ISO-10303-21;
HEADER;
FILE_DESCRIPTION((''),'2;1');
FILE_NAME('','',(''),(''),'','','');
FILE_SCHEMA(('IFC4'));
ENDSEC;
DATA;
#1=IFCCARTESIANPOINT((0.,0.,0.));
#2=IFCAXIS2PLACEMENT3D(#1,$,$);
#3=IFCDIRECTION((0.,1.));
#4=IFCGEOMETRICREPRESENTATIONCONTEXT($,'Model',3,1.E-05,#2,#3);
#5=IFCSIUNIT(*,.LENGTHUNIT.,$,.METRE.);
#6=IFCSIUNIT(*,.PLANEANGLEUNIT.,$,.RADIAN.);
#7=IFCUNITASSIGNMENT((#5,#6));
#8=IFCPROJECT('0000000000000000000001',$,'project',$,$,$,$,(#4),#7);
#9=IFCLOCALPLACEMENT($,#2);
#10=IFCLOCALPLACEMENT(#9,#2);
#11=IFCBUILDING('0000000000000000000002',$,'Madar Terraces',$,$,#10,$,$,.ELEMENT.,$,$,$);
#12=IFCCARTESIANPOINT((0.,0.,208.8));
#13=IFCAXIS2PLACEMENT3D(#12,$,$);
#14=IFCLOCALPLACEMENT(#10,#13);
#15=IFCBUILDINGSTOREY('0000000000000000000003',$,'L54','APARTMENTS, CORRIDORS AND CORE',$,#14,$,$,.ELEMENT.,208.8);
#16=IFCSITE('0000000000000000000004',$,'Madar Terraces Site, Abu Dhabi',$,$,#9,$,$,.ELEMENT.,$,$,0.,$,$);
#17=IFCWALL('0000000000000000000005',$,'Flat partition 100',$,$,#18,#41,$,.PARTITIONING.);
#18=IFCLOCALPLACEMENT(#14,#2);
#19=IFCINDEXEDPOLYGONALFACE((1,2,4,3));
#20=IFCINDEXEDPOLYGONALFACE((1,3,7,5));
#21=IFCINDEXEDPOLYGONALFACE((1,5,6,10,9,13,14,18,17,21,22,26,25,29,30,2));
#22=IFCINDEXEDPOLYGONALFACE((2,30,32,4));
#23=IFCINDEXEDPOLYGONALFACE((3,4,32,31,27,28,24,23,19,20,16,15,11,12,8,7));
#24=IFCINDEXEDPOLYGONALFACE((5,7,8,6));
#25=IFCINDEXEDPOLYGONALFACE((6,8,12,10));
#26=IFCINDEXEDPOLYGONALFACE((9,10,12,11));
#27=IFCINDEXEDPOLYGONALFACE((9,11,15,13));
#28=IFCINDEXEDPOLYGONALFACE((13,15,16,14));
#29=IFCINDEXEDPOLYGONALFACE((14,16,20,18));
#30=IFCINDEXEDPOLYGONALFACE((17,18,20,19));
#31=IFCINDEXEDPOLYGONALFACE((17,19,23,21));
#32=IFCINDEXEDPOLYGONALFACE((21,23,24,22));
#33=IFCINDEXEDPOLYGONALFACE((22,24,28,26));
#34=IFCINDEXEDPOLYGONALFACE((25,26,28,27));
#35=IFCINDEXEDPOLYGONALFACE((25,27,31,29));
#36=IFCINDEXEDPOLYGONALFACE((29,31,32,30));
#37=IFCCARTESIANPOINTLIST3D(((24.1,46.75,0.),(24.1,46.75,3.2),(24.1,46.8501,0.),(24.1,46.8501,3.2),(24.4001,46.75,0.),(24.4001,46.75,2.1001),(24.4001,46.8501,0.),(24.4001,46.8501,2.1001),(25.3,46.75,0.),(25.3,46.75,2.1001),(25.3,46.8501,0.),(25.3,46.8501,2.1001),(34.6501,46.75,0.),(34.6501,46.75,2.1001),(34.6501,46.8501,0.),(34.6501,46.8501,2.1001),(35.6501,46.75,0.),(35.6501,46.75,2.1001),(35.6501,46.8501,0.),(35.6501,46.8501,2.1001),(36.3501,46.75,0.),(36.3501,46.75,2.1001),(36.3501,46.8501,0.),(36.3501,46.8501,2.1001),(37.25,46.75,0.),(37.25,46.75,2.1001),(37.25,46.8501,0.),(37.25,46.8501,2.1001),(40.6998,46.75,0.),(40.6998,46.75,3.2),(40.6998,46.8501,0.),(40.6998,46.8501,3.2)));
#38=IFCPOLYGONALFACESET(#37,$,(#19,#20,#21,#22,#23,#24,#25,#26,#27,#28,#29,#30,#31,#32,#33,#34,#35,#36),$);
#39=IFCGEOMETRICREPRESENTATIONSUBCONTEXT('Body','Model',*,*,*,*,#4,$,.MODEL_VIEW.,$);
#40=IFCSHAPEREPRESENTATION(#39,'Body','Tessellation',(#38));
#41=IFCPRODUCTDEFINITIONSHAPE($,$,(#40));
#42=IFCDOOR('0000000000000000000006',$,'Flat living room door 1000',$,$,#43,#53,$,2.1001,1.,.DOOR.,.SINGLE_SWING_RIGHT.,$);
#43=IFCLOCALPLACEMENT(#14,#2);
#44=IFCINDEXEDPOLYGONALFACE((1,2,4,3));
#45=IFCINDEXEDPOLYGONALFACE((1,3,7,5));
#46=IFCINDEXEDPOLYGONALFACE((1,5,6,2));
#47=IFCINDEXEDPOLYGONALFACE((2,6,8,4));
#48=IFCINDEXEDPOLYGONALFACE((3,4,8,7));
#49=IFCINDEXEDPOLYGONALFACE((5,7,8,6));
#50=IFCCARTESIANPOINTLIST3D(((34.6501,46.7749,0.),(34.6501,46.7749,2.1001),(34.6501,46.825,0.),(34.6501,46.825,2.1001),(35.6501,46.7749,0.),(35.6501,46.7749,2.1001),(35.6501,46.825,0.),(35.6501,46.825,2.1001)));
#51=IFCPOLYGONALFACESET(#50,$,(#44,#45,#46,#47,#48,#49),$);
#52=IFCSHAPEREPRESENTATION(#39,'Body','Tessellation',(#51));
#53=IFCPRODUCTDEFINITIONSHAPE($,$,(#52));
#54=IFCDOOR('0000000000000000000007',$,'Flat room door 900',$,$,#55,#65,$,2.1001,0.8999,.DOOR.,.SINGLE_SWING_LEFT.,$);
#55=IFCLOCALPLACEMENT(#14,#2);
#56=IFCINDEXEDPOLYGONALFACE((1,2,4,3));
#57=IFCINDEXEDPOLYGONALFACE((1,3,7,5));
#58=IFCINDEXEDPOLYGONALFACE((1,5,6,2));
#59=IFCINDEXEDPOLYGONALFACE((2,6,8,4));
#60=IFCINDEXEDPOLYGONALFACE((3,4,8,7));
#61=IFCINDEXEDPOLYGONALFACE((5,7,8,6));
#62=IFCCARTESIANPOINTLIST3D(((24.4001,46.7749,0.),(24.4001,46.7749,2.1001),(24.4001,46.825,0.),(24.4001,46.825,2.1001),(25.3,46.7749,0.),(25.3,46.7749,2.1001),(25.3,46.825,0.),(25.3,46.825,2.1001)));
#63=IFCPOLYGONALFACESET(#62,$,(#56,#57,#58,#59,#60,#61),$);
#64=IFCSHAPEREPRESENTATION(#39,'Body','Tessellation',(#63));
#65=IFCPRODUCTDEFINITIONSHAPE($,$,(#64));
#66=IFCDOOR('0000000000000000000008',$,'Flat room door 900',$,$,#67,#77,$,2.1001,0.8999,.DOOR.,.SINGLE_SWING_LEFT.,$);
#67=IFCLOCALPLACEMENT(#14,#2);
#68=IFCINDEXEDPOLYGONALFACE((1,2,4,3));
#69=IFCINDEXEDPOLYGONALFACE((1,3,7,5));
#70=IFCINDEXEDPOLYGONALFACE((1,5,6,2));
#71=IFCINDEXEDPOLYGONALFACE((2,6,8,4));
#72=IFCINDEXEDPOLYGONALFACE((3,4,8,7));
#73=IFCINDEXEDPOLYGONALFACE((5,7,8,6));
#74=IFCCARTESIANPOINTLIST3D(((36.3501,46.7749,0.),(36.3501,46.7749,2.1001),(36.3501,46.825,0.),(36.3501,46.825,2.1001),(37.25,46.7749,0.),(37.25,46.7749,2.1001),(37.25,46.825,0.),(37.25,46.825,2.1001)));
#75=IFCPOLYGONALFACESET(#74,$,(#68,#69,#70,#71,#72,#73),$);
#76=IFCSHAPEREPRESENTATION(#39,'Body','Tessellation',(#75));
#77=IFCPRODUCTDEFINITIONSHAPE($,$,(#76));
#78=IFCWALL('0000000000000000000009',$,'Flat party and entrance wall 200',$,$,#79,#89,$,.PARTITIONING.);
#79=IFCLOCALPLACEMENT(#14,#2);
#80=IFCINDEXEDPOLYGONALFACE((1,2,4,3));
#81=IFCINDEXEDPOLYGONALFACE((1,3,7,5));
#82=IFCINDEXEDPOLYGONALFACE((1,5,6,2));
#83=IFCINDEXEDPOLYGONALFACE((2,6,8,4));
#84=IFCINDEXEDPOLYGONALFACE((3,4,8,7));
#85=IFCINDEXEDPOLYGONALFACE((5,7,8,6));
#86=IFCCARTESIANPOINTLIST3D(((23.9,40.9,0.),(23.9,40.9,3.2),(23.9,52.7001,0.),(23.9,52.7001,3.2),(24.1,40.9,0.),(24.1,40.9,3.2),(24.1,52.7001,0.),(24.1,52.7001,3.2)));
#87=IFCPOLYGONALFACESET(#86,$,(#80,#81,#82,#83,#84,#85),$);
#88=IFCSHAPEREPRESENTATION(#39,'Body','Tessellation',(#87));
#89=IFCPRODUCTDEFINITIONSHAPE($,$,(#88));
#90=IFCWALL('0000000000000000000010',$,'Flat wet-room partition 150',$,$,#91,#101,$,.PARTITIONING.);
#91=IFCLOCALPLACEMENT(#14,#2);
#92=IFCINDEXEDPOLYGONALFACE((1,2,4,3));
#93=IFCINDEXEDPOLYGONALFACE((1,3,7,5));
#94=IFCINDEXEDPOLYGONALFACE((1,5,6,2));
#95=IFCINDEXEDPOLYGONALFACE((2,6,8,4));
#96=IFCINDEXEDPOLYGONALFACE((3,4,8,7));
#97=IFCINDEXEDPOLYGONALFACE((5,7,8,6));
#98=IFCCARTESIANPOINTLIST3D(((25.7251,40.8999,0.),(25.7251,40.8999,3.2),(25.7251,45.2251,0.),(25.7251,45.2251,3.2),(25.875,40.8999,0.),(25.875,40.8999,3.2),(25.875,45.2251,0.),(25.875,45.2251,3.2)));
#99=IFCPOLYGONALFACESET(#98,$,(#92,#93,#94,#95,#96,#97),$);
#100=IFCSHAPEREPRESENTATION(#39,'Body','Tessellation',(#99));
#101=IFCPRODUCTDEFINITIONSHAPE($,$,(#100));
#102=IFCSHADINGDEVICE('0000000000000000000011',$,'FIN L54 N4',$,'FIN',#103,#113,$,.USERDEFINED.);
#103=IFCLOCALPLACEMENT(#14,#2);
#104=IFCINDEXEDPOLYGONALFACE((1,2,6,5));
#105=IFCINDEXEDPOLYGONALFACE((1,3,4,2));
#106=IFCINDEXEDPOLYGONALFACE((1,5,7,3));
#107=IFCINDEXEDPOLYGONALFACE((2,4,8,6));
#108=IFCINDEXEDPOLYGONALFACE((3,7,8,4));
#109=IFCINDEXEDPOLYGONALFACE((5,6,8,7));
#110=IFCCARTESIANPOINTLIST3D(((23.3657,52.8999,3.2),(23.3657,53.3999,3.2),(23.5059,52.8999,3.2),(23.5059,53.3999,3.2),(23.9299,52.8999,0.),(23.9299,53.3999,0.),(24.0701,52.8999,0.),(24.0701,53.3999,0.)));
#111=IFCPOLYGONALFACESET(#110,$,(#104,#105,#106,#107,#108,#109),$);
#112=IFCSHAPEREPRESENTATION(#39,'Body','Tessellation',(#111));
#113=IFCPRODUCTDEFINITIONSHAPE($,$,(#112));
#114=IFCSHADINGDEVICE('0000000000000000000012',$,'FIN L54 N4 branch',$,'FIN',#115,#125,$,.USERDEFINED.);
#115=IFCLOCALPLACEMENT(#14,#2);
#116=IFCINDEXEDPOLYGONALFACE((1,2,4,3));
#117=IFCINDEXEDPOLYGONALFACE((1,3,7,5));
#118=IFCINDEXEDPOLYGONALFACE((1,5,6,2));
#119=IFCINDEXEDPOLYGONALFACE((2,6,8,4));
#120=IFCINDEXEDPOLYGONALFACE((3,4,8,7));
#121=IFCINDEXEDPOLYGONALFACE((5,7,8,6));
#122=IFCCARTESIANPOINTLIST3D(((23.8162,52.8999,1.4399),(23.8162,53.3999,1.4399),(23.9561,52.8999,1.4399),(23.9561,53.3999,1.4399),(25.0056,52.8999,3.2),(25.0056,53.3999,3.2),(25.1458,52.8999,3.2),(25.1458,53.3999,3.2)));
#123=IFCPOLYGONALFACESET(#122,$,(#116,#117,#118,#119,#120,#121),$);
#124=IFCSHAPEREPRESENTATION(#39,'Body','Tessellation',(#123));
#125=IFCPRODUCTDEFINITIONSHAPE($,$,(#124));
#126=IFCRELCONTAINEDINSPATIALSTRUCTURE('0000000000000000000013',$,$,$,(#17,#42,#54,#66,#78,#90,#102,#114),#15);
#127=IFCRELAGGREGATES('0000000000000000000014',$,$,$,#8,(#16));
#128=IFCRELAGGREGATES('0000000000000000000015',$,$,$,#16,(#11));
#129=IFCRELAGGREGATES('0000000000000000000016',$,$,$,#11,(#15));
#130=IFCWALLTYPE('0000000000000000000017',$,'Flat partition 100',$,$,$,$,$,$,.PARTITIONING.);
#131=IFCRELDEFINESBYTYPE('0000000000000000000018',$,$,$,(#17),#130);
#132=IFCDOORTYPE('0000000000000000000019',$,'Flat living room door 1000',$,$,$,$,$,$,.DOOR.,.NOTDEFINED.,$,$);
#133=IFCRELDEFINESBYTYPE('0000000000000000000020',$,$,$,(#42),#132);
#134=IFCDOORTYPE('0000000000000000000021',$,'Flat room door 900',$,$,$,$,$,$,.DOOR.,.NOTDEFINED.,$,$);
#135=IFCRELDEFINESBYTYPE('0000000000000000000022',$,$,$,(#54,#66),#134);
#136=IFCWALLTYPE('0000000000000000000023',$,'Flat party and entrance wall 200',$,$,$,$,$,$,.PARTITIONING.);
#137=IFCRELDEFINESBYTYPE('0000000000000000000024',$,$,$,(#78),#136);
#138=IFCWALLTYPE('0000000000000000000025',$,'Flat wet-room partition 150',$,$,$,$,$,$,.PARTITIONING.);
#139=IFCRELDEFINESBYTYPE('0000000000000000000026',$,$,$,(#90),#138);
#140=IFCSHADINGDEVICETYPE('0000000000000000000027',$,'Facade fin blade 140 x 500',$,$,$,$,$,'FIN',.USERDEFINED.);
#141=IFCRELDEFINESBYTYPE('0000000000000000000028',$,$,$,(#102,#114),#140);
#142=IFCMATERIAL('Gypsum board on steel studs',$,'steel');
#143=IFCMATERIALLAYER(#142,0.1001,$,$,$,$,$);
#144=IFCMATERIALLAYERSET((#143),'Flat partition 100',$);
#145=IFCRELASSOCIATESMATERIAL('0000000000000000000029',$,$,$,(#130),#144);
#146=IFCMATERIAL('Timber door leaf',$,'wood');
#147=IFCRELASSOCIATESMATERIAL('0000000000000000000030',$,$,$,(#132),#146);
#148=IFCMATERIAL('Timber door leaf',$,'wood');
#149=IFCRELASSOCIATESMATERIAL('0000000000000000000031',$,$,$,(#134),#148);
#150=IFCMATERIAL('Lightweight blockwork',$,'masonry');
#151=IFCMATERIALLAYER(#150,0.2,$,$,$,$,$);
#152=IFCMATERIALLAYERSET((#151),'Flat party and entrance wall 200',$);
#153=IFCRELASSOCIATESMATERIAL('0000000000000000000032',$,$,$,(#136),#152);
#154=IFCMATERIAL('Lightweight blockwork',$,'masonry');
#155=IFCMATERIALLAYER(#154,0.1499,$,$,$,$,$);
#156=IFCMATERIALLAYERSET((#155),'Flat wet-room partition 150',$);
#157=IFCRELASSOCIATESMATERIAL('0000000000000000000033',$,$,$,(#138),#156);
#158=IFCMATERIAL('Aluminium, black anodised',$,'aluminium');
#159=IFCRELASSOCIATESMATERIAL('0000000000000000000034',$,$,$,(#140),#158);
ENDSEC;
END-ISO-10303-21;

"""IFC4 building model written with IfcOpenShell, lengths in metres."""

from ifc_helpers import new_model, si_unit, direction, frame, frame_2d, origin, place, context, subcontext, project, spatial, polyline, rectangle, outline, extrude, material, layer, layer_set, type_object, element, fill, save


model = new_model("IFC4")

# Units and contexts
model_context = context("Model", 3, precision=1e-05, world=origin(), true_north=direction((0.0, 1.0)))
body_context = subcontext(model_context, "Body", "Model", "MODEL_VIEW")
ifc_project = project(units=[si_unit("LENGTHUNIT", "METRE"), si_unit("PLANEANGLEUNIT", "RADIAN")], contexts=[model_context])

# Site, building, storey
site_placement = place(None, origin())
site = spatial("IfcSite", under=ifc_project, at=site_placement, Name="Madar Terraces Site, Abu Dhabi", CompositionType="ELEMENT", RefElevation=0.0)
building_placement = place(site_placement, origin())
building = spatial("IfcBuilding", under=site, at=building_placement, Name="Madar Terraces", CompositionType="ELEMENT")
storey_placement = place(building_placement, frame((0.0, 0.0, 208.8)))
storey = spatial("IfcBuildingStorey", under=building, at=storey_placement, Name="L54", Description="APARTMENTS, CORRIDORS AND CORE", CompositionType="ELEMENT", Elevation=208.8)

# Shared definitions
ifc_material_1 = material(Name="Gypsum board on steel studs", Category="steel")
ifc_layer_1 = layer(ifc_material_1, 0.1001)
ifc_layer_set_1 = layer_set([ifc_layer_1], Name="Flat partition 100")
wall_type_1 = type_object("IfcWallType", Name="Flat partition 100", PredefinedType="PARTITIONING", material=ifc_layer_set_1)

# Wall, openings, doors
wall_1_placement = place(storey_placement, frame((24.1001, 46.8, 0.0), z_axis=(0.0, 0.0, 1.0), x_axis=(1.0, 0.0, 0.0)))
wall_1 = element("IfcWall", 1, at=wall_1_placement, inside=storey, type_object=wall_type_1, Name="Flat partition 100", PredefinedType="PARTITIONING", context=body_context, shape_type="SweptSolid", body=[
    extrude(rectangle(XDim=16.5999, YDim=0.1001, at=frame_2d((8.2998, 0.0))), origin(), (0.0, 0.0, 1.0), 3.2),
])
opening_1_placement = place(wall_1_placement, frame((0.3, 0.0, 0.0)))
opening_1 = element("IfcOpeningElement", 2, at=opening_1_placement, cuts=wall_1, PredefinedType="OPENING", context=body_context, shape_type="SweptSolid", body=[
    extrude(rectangle(XDim=0.8999, YDim=2.1001, at=frame_2d((0.45, 1.05))), frame((0.0, 0.0601, 0.0), z_axis=(0.0, -1.0, 0.0), x_axis=(1.0, 0.0, 0.0)), (0.0, 0.0, 1.0), 0.1201),
])
opening_2_placement = place(wall_1_placement, frame((10.55, 0.0, 0.0)))
opening_2 = element("IfcOpeningElement", 3, at=opening_2_placement, cuts=wall_1, PredefinedType="OPENING", context=body_context, shape_type="SweptSolid", body=[
    extrude(rectangle(XDim=1.0, YDim=2.1001, at=frame_2d((0.5, 1.05))), frame((0.0, 0.0601, 0.0), z_axis=(0.0, -1.0, 0.0), x_axis=(1.0, 0.0, 0.0)), (0.0, 0.0, 1.0), 0.1201),
])
opening_3_placement = place(wall_1_placement, frame((12.25, 0.0, 0.0)))
opening_3 = element("IfcOpeningElement", 4, at=opening_3_placement, cuts=wall_1, PredefinedType="OPENING", context=body_context, shape_type="SweptSolid", body=[
    extrude(rectangle(XDim=0.8999, YDim=2.1001, at=frame_2d((0.45, 1.05))), frame((0.0, 0.0601, 0.0), z_axis=(0.0, -1.0, 0.0), x_axis=(1.0, 0.0, 0.0)), (0.0, 0.0, 1.0), 0.1201),
])
ifc_material_2 = material(Name="Timber door leaf", Category="wood")
door_type_1 = type_object("IfcDoorType", Name="Flat living room door 1000", OperationType="NOTDEFINED", PredefinedType="DOOR", material=ifc_material_2)
door_1_placement = place(opening_2_placement, origin())
door_1 = element("IfcDoor", 5, at=door_1_placement, inside=storey, type_object=door_type_1, Name="Flat living room door 1000", OperationType="SINGLE_SWING_RIGHT", OverallHeight=2.1001, OverallWidth=1.0, PredefinedType="DOOR", context=body_context, shape_type="SweptSolid", body=[
    extrude(rectangle(XDim=1.0, YDim=2.1001, at=frame_2d((0.5, 1.05))), frame((0.0, 0.0249, 0.0), z_axis=(0.0, -1.0, 0.0), x_axis=(1.0, 0.0, 0.0)), (0.0, 0.0, 1.0), 0.05),
])
fill(opening_2, door_1)
ifc_material_3 = material(Name="Timber door leaf", Category="wood")
door_type_2 = type_object("IfcDoorType", Name="Flat room door 900", OperationType="NOTDEFINED", PredefinedType="DOOR", material=ifc_material_3)
door_2_placement = place(opening_1_placement, origin())
door_2 = element("IfcDoor", 6, at=door_2_placement, inside=storey, type_object=door_type_2, Name="Flat room door 900", OperationType="SINGLE_SWING_LEFT", OverallHeight=2.1001, OverallWidth=0.8999, PredefinedType="DOOR", context=body_context, shape_type="SweptSolid", body=[
    extrude(rectangle(XDim=0.8999, YDim=2.1001, at=frame_2d((0.45, 1.05))), frame((0.0, 0.0249, 0.0), z_axis=(0.0, -1.0, 0.0), x_axis=(1.0, 0.0, 0.0)), (0.0, 0.0, 1.0), 0.05),
])
fill(opening_1, door_2)
door_3_placement = place(opening_3_placement, origin())
door_3 = element("IfcDoor", 7, at=door_3_placement, inside=storey, type_object=door_type_2, Name="Flat room door 900", OperationType="SINGLE_SWING_LEFT", OverallHeight=2.1001, OverallWidth=0.8999, PredefinedType="DOOR", context=body_context, shape_type="SweptSolid", body=[
    extrude(rectangle(XDim=0.8999, YDim=2.1001, at=frame_2d((0.45, 1.05))), frame((0.0, 0.0249, 0.0), z_axis=(0.0, -1.0, 0.0), x_axis=(1.0, 0.0, 0.0)), (0.0, 0.0, 1.0), 0.05),
])
fill(opening_3, door_3)

# Walls
ifc_material_4 = material(Name="Lightweight blockwork", Category="masonry")
ifc_layer_2 = layer(ifc_material_4, 0.2)
ifc_layer_set_2 = layer_set([ifc_layer_2], Name="Flat party and entrance wall 200")
wall_type_2 = type_object("IfcWallType", Name="Flat party and entrance wall 200", PredefinedType="PARTITIONING", material=ifc_layer_set_2)
wall_2_placement = place(storey_placement, frame((24.0, 52.7, 0.0), z_axis=(0.0, 0.0, 1.0), x_axis=(0.0, -1.0, 0.0)))
element("IfcWall", 8, at=wall_2_placement, inside=storey, type_object=wall_type_2, Name="Flat party and entrance wall 200", PredefinedType="PARTITIONING", context=body_context, shape_type="SweptSolid", body=[
    extrude(rectangle(XDim=11.8, YDim=0.2, at=frame_2d((5.8999, 0.0))), origin(), (0.0, 0.0, 1.0), 3.2),
])
ifc_material_5 = material(Name="Lightweight blockwork", Category="masonry")
ifc_layer_3 = layer(ifc_material_5, 0.1499)
ifc_layer_set_3 = layer_set([ifc_layer_3], Name="Flat wet-room partition 150")
wall_type_3 = type_object("IfcWallType", Name="Flat wet-room partition 150", PredefinedType="PARTITIONING", material=ifc_layer_set_3)
wall_3_placement = place(storey_placement, frame((25.8, 40.8999, 0.0), z_axis=(0.0, 0.0, 1.0), x_axis=(0.0, 1.0, 0.0)))
element("IfcWall", 9, at=wall_3_placement, inside=storey, type_object=wall_type_3, Name="Flat wet-room partition 150", PredefinedType="PARTITIONING", context=body_context, shape_type="SweptSolid", body=[
    extrude(rectangle(XDim=4.3252, YDim=0.1499, at=frame_2d((2.1626, 0.0))), origin(), (0.0, 0.0, 1.0), 3.2),
])

# Shading devices
ifc_material_6 = material(Name="Aluminium, black anodised", Category="aluminium")
shading_device_type = type_object("IfcShadingDeviceType", Name="Facade fin blade 140 x 500", ElementType="FIN", PredefinedType="USERDEFINED", material=ifc_material_6)
shading_device_1_placement = place(storey_placement, frame((24.0701, 53.1499, 0.0), z_axis=(0.0, 0.0, 1.0), x_axis=(-1.0, 0.0, 0.0)))
element("IfcShadingDevice", 10, at=shading_device_1_placement, inside=storey, type_object=shading_device_type, Name="FIN L54 N4", ObjectType="FIN", PredefinedType="USERDEFINED", context=body_context, shape_type="SweptSolid", body=[
    extrude(outline(polyline([(0.0, 0.0), (0.1401, 0.0), (0.7043, 3.2), (0.5642, 3.2), (0.0, 0.0)])), frame((0.0, 0.25, 0.0), z_axis=(0.0, -1.0, 0.0), x_axis=(1.0, 0.0, 0.0)), (0.0, 0.0, 1.0), 0.5),
])
shading_device_2_placement = place(storey_placement, frame((23.9561, 53.1499, 1.4399), z_axis=(0.0, 0.0, 1.0), x_axis=(-1.0, 0.0, 0.0)))
element("IfcShadingDevice", 11, at=shading_device_2_placement, inside=storey, type_object=shading_device_type, Name="FIN L54 N4 branch", ObjectType="FIN", PredefinedType="USERDEFINED", context=body_context, shape_type="SweptSolid", body=[
    extrude(outline(polyline([(0.0, 0.0), (0.1399, 0.0), (-1.0496, 1.76), (-1.1897, 1.76), (0.0, 0.0)])), frame((0.0, 0.25, 0.0), z_axis=(0.0, -1.0, 0.0), x_axis=(1.0, 0.0, 0.0)), (0.0, 0.0, 1.0), 0.5),
])

save(model, "model.ifc")
